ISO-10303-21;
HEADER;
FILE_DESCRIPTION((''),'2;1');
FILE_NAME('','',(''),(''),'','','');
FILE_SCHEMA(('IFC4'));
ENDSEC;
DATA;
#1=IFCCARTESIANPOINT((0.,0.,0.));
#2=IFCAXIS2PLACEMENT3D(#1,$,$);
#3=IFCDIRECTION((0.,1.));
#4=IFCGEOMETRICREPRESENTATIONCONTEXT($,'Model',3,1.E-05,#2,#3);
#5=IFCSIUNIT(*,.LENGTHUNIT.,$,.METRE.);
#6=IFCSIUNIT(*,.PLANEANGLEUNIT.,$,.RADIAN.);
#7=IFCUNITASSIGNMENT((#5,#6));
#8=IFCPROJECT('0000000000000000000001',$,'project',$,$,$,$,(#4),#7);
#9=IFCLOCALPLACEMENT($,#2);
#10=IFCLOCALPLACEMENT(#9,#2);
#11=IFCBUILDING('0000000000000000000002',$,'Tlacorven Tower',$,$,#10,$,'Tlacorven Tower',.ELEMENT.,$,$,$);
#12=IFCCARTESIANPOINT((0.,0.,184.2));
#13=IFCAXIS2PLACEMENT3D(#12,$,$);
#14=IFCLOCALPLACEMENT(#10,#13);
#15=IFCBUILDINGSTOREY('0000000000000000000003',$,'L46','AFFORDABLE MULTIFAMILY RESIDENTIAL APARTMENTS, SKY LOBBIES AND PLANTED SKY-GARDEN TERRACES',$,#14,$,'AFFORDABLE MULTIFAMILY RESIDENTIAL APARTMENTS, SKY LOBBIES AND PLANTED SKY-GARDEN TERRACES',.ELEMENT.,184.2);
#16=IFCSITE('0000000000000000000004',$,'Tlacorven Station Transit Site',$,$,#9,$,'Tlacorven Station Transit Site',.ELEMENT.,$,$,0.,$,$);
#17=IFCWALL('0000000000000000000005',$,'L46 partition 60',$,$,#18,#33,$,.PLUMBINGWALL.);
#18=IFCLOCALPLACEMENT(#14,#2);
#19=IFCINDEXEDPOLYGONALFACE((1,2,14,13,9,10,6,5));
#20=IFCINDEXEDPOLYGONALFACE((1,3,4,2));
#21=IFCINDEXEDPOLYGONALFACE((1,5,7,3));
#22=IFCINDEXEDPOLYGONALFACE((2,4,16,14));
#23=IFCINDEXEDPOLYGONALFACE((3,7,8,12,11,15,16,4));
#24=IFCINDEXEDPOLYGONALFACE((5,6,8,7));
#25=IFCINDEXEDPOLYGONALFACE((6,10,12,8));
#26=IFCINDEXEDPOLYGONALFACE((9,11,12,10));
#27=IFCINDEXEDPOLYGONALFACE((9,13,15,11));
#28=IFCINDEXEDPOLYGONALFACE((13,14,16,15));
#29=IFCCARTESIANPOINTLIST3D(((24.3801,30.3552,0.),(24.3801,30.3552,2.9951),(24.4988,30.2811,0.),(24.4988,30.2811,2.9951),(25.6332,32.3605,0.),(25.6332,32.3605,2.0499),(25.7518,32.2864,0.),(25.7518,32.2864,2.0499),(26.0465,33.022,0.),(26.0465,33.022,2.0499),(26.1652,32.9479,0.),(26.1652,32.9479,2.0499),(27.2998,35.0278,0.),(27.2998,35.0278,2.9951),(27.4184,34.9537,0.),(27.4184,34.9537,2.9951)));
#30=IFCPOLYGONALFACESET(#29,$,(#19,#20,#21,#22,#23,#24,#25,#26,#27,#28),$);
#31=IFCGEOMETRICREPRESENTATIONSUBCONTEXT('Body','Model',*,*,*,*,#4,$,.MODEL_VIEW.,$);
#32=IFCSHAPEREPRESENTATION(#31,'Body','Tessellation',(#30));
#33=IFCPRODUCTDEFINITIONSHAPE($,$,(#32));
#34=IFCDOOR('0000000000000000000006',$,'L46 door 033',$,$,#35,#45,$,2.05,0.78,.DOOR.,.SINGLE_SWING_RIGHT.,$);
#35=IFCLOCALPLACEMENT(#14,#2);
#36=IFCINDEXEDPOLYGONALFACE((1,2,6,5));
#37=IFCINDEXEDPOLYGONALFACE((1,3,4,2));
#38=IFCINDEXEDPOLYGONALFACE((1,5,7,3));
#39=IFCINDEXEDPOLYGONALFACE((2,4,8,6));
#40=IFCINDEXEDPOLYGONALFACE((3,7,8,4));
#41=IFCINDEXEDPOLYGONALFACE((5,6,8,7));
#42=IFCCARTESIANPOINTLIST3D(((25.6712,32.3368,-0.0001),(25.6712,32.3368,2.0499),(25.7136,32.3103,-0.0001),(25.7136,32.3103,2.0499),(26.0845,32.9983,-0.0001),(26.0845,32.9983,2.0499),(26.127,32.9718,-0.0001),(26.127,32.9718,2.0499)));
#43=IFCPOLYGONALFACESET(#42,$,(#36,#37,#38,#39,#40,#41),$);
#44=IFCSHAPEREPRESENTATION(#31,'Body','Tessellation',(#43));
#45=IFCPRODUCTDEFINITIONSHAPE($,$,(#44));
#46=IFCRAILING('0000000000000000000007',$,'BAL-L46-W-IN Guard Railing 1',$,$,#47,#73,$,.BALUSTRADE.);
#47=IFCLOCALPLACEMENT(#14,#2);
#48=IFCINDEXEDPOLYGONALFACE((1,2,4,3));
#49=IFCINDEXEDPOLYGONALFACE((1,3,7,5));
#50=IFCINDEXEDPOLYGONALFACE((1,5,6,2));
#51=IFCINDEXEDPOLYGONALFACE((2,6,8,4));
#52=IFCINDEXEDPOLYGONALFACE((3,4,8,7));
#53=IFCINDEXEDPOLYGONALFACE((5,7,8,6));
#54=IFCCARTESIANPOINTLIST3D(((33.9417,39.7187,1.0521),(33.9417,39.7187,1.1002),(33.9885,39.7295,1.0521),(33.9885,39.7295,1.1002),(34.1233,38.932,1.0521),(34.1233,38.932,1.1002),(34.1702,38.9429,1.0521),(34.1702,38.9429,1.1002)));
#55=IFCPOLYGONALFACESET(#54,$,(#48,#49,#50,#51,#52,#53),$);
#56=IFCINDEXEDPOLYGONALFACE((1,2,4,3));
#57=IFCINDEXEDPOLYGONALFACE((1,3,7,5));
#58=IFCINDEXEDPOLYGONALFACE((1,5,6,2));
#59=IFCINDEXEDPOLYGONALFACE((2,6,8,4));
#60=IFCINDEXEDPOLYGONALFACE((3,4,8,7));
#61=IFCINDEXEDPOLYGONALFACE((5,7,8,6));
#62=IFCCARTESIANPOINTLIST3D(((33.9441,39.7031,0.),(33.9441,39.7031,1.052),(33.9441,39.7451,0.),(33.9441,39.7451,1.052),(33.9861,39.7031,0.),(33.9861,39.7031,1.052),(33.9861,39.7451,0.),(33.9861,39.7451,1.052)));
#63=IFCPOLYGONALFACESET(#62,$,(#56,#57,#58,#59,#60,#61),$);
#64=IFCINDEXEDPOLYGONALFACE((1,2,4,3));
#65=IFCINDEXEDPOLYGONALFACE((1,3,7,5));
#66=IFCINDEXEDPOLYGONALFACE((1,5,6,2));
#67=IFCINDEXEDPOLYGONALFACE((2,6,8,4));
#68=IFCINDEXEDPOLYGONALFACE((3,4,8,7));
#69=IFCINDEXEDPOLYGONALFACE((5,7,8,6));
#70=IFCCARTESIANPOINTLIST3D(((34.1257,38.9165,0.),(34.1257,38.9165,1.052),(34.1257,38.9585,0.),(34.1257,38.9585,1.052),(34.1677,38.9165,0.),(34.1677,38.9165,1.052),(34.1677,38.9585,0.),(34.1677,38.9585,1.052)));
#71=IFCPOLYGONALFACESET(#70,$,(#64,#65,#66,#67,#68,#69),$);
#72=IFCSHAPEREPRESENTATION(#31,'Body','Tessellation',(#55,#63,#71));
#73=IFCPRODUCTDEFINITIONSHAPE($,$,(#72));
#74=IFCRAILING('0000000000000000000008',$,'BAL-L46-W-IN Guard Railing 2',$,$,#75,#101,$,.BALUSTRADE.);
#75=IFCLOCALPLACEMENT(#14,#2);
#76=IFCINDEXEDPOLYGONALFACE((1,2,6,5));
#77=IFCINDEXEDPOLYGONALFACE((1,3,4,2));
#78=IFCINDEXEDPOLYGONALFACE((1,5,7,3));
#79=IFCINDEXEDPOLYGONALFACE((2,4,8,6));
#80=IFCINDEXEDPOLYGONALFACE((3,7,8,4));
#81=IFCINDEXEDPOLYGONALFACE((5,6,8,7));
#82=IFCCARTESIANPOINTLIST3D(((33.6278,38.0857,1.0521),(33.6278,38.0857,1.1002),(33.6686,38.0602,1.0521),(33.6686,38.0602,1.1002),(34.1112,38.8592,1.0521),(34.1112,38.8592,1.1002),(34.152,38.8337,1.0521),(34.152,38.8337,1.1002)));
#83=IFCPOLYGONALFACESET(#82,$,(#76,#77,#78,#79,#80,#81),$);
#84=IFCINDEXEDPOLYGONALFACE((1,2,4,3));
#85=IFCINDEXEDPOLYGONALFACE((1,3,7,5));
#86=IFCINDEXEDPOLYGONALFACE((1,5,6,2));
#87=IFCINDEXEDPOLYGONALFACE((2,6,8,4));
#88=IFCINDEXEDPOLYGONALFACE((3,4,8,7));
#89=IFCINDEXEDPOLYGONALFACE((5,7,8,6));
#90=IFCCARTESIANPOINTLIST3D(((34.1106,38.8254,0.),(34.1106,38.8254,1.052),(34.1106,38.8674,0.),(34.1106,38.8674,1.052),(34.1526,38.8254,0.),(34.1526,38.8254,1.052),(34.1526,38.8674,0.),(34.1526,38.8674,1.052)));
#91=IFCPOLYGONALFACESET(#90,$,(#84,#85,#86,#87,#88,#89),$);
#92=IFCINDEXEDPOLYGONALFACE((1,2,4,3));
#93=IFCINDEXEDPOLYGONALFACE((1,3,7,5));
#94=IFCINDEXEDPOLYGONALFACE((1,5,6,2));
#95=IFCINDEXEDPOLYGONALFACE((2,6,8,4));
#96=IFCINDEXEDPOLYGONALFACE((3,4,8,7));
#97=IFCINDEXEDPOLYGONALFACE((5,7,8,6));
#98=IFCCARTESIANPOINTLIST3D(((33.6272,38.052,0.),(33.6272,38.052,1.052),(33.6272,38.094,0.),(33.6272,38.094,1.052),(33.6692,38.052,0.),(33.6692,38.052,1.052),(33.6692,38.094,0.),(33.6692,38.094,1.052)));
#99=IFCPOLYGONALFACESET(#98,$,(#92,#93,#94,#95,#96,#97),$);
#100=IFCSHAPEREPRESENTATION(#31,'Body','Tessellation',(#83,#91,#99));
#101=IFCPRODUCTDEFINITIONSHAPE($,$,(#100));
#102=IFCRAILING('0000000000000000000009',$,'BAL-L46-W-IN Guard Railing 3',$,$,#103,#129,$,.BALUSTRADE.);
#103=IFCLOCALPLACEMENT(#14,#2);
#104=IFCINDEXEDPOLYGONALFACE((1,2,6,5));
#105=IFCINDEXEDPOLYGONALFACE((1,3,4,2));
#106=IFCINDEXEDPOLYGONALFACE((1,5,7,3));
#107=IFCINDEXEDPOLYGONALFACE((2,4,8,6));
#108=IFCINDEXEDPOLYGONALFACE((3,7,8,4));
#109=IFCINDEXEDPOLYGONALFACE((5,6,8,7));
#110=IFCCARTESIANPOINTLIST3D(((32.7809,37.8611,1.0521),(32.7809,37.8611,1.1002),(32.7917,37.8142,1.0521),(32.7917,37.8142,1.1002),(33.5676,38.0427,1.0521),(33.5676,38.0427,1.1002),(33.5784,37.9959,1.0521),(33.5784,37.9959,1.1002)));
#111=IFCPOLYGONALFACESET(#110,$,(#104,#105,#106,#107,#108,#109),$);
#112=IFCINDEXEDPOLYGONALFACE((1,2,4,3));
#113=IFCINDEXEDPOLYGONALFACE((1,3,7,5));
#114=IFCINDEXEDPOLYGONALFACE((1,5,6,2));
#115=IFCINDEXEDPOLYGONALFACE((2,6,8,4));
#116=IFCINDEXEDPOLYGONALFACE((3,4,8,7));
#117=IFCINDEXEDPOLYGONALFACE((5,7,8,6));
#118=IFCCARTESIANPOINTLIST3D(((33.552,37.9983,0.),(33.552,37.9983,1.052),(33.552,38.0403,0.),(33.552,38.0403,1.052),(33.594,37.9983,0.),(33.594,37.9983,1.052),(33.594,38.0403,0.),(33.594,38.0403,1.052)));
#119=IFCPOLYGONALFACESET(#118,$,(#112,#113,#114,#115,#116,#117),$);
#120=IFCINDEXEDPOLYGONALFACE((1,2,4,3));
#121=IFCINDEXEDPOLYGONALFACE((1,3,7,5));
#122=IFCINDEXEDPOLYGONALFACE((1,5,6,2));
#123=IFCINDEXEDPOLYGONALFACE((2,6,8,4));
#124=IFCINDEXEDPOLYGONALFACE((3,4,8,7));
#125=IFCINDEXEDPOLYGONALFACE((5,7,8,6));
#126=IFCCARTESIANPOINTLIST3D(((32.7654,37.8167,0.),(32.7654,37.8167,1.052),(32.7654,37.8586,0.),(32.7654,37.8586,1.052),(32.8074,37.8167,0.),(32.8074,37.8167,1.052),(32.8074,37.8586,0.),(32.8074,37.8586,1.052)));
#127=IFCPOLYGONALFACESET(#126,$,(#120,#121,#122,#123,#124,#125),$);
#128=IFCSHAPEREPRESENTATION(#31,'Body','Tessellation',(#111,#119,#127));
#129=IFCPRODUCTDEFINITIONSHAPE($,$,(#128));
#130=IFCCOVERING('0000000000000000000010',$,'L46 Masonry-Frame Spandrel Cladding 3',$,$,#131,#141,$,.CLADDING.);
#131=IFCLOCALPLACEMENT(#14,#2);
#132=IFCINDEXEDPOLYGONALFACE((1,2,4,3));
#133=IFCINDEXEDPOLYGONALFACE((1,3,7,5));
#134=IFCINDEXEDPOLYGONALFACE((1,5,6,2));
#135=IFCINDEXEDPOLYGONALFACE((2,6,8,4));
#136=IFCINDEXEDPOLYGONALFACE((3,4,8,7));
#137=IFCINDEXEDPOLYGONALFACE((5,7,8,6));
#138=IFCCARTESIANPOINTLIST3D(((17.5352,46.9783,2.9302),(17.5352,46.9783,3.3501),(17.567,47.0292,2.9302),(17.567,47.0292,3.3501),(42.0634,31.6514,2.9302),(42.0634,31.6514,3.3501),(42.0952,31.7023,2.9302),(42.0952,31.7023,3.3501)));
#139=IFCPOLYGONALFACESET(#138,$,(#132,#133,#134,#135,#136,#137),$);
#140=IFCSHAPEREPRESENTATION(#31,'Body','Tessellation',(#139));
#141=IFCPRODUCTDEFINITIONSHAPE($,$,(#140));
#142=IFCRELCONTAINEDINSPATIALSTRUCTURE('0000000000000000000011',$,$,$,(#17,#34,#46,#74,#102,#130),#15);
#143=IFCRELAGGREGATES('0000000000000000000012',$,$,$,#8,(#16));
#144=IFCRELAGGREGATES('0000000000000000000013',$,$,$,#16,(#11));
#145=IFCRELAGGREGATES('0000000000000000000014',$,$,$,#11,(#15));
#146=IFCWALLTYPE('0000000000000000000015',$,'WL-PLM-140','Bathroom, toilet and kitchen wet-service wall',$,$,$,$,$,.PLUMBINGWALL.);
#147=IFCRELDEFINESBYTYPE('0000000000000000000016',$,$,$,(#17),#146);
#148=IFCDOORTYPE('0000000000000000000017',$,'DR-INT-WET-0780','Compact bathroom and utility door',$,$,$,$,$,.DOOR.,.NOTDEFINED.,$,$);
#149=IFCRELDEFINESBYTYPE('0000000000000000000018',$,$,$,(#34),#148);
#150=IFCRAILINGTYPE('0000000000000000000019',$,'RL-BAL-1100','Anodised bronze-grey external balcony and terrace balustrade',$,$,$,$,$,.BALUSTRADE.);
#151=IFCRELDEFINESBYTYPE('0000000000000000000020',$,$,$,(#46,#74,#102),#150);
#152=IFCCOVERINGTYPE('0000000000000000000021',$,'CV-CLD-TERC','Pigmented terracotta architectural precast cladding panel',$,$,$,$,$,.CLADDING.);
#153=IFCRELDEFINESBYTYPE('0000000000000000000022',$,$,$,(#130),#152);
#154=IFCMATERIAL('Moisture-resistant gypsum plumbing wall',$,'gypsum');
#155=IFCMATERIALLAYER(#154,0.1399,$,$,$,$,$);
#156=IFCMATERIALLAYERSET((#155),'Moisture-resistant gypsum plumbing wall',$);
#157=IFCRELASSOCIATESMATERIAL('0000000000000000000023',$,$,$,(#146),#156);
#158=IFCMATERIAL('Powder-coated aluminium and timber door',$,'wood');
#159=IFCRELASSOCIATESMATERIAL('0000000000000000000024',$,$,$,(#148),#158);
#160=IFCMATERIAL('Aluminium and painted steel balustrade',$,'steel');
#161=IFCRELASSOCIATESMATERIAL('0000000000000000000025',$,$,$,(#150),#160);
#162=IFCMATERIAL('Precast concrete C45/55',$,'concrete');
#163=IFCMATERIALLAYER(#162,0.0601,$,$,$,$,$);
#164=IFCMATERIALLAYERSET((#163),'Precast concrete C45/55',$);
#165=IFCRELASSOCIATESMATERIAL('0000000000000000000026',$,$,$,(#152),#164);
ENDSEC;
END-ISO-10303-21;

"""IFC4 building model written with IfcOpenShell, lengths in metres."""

from ifc_helpers import new_model, si_unit, direction, frame, frame_2d, origin, origin_2d, place, context, subcontext, project, spatial, rectangle, extrude, source, transform, mapped, material, layer, layer_set, type_object, element, fill, save


model = new_model("IFC4")

# Units and contexts
model_context = context("Model", 3, precision=1e-05, world=origin(), true_north=direction((0.0, 1.0)))
body_context = subcontext(model_context, "Body", "Model", "MODEL_VIEW")
ifc_project = project(units=[si_unit("LENGTHUNIT", "METRE"), si_unit("PLANEANGLEUNIT", "RADIAN")], contexts=[model_context])

# Site, building, storey
site_placement = place(None, origin())
site = spatial("IfcSite", under=ifc_project, at=site_placement, Name="Tlacorven Station Transit Site", LongName="Tlacorven Station Transit Site", CompositionType="ELEMENT", RefElevation=0.0)
building_placement = place(site_placement, origin())
building = spatial("IfcBuilding", under=site, at=building_placement, Name="Tlacorven Tower", LongName="Tlacorven Tower", CompositionType="ELEMENT")
storey_placement = place(building_placement, frame((0.0, 0.0, 184.2)))
storey = spatial("IfcBuildingStorey", under=building, at=storey_placement, Name="L46", Description="AFFORDABLE MULTIFAMILY RESIDENTIAL APARTMENTS, SKY LOBBIES AND PLANTED SKY-GARDEN TERRACES", LongName="AFFORDABLE MULTIFAMILY RESIDENTIAL APARTMENTS, SKY LOBBIES AND PLANTED SKY-GARDEN TERRACES", CompositionType="ELEMENT", Elevation=184.2)

# Wall, opening, door
ifc_material_1 = material(Name="Powder-coated aluminium and timber door", Category="wood")
ifc_material_2 = material(Name="Moisture-resistant gypsum plumbing wall", Category="gypsum")
ifc_layer_1 = layer(ifc_material_2, 0.1399)
ifc_layer_set_1 = layer_set([ifc_layer_1], Name="Moisture-resistant gypsum plumbing wall")
wall_type_1 = type_object("IfcWallType", Name="WL-PLM-140", Description="Bathroom, toilet and kitchen wet-service wall", PredefinedType="PLUMBINGWALL", material=ifc_layer_set_1)
wall_1_placement = place(storey_placement, frame((27.3591, 34.9907, 0.0), z_axis=(0.0, 0.0, 1.0), x_axis=(-0.529907, -0.848056, 0.0)))
wall_1 = element("IfcWall", 1, at=wall_1_placement, inside=storey, type_object=wall_type_1, Name="L46 partition 60", PredefinedType="PLUMBINGWALL", context=body_context, shape_type="SweptSolid", body=[
    extrude(rectangle(XDim=5.5098, YDim=0.1399, at=frame_2d((2.7549, 0.0))), origin(), (0.0, 0.0, 1.0), 2.9951),
])
opening_1_placement = place(wall_1_placement, frame((2.365, 0.0, 0.0)))
opening_1 = element("IfcOpeningElement", 2, at=opening_1_placement, cuts=wall_1, PredefinedType="OPENING", context=body_context, shape_type="SweptSolid", body=[
    extrude(rectangle(XDim=0.78, YDim=2.05, at=frame_2d((0.3901, 1.0249))), frame((0.0, 0.0801, 0.0), z_axis=(0.0, -1.0, 0.0), x_axis=(1.0, 0.0, 0.0)), (0.0, 0.0, 1.0), 0.1599),
])
door_type_1 = type_object("IfcDoorType", Name="DR-INT-WET-0780", Description="Compact bathroom and utility door", OperationType="NOTDEFINED", PredefinedType="DOOR", material=ifc_material_1)
shared_shape_1 = source(origin(), body_context, "Body", "SweptSolid", [
    extrude(rectangle(XDim=0.78, YDim=2.05, at=frame_2d((0.3901, 1.0249))), frame((0.0, 0.0249, 0.0), z_axis=(0.0, -1.0, 0.0), x_axis=(1.0, 0.0, 0.0)), (0.0, 0.0, 1.0), 0.05),
])
door_1_placement = place(opening_1_placement, origin())
door_1 = element("IfcDoor", 3, at=door_1_placement, inside=storey, type_object=door_type_1, Name="L46 door 033", OperationType="SINGLE_SWING_RIGHT", OverallHeight=2.05, OverallWidth=0.78, PredefinedType="DOOR", context=body_context, shape_type="MappedRepresentation", body=[
    mapped(shared_shape_1, transform((0.0, 0.0, 0.0), scale=1.0)),
])
fill(opening_1, door_1)

# Railings
ifc_material_3 = material(Name="Aluminium and painted steel balustrade", Category="steel")
railing_type = type_object("IfcRailingType", Name="RL-BAL-1100", Description="Anodised bronze-grey external balcony and terrace balustrade", PredefinedType="BALUSTRADE", material=ifc_material_3)
shared_shape_2 = source(origin(), body_context, "Body", "SweptSolid", [
    extrude(rectangle(XDim=0.0481, YDim=0.0481, at=origin_2d()), frame((0.0, 0.0, 1.0762), z_axis=(0.224992, -0.974361, 0.0), x_axis=(0.974361, 0.224992, 0.0)), (0.0, 0.0, 1.0), 0.8074),
    extrude(rectangle(XDim=0.042, YDim=0.042, at=origin_2d()), origin(), (0.0, 0.0, 1.0), 1.052),
    extrude(rectangle(XDim=0.042, YDim=0.042, at=origin_2d()), frame((0.1816, -0.7866, 0.0)), (0.0, 0.0, 1.0), 1.052),
])
railing_1_placement = place(storey_placement, frame((33.9651, 39.7241, 0.0)))
element("IfcRailing", 4, at=railing_1_placement, inside=storey, type_object=railing_type, Name="BAL-L46-W-IN Guard Railing 1", PredefinedType="BALUSTRADE", context=body_context, shape_type="MappedRepresentation", body=[
    mapped(shared_shape_2, transform((0.0, 0.0, 0.0), scale=1.0)),
])
shared_shape_3 = source(origin(), body_context, "Body", "SweptSolid", [
    extrude(rectangle(XDim=0.0481, YDim=0.0481, at=origin_2d()), frame((0.0, 0.0, 1.0762), z_axis=(-0.529999, -0.847998, 0.0), x_axis=(0.847998, -0.529999, 0.0)), (0.0, 0.0, 1.0), 0.9121),
    extrude(rectangle(XDim=0.042, YDim=0.042, at=origin_2d()), origin(), (0.0, 0.0, 1.0), 1.052),
    extrude(rectangle(XDim=0.042, YDim=0.042, at=origin_2d()), frame((-0.4834, -0.7734, 0.0)), (0.0, 0.0, 1.0), 1.052),
])
railing_2_placement = place(storey_placement, frame((34.1316, 38.8464, 0.0)))
element("IfcRailing", 5, at=railing_2_placement, inside=storey, type_object=railing_type, Name="BAL-L46-W-IN Guard Railing 2", PredefinedType="BALUSTRADE", context=body_context, shape_type="MappedRepresentation", body=[
    mapped(shared_shape_3, transform((0.0, 0.0, 0.0), scale=1.0)),
])
shared_shape_4 = source(origin(), body_context, "Body", "SweptSolid", [
    extrude(rectangle(XDim=0.0481, YDim=0.0481, at=origin_2d()), frame((0.0, 0.0, 1.0762), z_axis=(-0.974361, -0.224992, 0.0), x_axis=(0.224992, -0.974361, 0.0)), (0.0, 0.0, 1.0), 0.8074),
    extrude(rectangle(XDim=0.042, YDim=0.042, at=origin_2d()), origin(), (0.0, 0.0, 1.0), 1.052),
    extrude(rectangle(XDim=0.042, YDim=0.042, at=origin_2d()), frame((-0.7866, -0.1816, 0.0)), (0.0, 0.0, 1.0), 1.052),
])
railing_3_placement = place(storey_placement, frame((33.573, 38.0193, 0.0)))
element("IfcRailing", 6, at=railing_3_placement, inside=storey, type_object=railing_type, Name="BAL-L46-W-IN Guard Railing 3", PredefinedType="BALUSTRADE", context=body_context, shape_type="MappedRepresentation", body=[
    mapped(shared_shape_4, transform((0.0, 0.0, 0.0), scale=1.0)),
])

# Covering
ifc_material_4 = material(Name="Precast concrete C45/55", Category="concrete")
ifc_layer_2 = layer(ifc_material_4, 0.0601)
ifc_layer_set_2 = layer_set([ifc_layer_2], Name="Precast concrete C45/55")
covering_type = type_object("IfcCoveringType", Name="CV-CLD-TERC", Description="Pigmented terracotta architectural precast cladding panel", PredefinedType="CLADDING", material=ifc_layer_set_2)
shared_shape_5 = source(origin(), body_context, "Body", "SweptSolid", [
    extrude(rectangle(XDim=28.9231, YDim=0.0601, at=origin_2d()), origin(), (0.0, 0.0, 1.0), 0.4199),
])
covering_placement = place(storey_placement, frame((29.8152, 39.3403, 2.9302), z_axis=(0.0, 0.0, 1.0), x_axis=(0.848048, -0.529919, 0.0)))
element("IfcCovering", 7, at=covering_placement, inside=storey, type_object=covering_type, Name="L46 Masonry-Frame Spandrel Cladding 3", PredefinedType="CLADDING", context=body_context, shape_type="MappedRepresentation", body=[
    mapped(shared_shape_5, transform((0.0, 0.0, 0.0), scale=1.0)),
])

save(model, "model.ifc")
